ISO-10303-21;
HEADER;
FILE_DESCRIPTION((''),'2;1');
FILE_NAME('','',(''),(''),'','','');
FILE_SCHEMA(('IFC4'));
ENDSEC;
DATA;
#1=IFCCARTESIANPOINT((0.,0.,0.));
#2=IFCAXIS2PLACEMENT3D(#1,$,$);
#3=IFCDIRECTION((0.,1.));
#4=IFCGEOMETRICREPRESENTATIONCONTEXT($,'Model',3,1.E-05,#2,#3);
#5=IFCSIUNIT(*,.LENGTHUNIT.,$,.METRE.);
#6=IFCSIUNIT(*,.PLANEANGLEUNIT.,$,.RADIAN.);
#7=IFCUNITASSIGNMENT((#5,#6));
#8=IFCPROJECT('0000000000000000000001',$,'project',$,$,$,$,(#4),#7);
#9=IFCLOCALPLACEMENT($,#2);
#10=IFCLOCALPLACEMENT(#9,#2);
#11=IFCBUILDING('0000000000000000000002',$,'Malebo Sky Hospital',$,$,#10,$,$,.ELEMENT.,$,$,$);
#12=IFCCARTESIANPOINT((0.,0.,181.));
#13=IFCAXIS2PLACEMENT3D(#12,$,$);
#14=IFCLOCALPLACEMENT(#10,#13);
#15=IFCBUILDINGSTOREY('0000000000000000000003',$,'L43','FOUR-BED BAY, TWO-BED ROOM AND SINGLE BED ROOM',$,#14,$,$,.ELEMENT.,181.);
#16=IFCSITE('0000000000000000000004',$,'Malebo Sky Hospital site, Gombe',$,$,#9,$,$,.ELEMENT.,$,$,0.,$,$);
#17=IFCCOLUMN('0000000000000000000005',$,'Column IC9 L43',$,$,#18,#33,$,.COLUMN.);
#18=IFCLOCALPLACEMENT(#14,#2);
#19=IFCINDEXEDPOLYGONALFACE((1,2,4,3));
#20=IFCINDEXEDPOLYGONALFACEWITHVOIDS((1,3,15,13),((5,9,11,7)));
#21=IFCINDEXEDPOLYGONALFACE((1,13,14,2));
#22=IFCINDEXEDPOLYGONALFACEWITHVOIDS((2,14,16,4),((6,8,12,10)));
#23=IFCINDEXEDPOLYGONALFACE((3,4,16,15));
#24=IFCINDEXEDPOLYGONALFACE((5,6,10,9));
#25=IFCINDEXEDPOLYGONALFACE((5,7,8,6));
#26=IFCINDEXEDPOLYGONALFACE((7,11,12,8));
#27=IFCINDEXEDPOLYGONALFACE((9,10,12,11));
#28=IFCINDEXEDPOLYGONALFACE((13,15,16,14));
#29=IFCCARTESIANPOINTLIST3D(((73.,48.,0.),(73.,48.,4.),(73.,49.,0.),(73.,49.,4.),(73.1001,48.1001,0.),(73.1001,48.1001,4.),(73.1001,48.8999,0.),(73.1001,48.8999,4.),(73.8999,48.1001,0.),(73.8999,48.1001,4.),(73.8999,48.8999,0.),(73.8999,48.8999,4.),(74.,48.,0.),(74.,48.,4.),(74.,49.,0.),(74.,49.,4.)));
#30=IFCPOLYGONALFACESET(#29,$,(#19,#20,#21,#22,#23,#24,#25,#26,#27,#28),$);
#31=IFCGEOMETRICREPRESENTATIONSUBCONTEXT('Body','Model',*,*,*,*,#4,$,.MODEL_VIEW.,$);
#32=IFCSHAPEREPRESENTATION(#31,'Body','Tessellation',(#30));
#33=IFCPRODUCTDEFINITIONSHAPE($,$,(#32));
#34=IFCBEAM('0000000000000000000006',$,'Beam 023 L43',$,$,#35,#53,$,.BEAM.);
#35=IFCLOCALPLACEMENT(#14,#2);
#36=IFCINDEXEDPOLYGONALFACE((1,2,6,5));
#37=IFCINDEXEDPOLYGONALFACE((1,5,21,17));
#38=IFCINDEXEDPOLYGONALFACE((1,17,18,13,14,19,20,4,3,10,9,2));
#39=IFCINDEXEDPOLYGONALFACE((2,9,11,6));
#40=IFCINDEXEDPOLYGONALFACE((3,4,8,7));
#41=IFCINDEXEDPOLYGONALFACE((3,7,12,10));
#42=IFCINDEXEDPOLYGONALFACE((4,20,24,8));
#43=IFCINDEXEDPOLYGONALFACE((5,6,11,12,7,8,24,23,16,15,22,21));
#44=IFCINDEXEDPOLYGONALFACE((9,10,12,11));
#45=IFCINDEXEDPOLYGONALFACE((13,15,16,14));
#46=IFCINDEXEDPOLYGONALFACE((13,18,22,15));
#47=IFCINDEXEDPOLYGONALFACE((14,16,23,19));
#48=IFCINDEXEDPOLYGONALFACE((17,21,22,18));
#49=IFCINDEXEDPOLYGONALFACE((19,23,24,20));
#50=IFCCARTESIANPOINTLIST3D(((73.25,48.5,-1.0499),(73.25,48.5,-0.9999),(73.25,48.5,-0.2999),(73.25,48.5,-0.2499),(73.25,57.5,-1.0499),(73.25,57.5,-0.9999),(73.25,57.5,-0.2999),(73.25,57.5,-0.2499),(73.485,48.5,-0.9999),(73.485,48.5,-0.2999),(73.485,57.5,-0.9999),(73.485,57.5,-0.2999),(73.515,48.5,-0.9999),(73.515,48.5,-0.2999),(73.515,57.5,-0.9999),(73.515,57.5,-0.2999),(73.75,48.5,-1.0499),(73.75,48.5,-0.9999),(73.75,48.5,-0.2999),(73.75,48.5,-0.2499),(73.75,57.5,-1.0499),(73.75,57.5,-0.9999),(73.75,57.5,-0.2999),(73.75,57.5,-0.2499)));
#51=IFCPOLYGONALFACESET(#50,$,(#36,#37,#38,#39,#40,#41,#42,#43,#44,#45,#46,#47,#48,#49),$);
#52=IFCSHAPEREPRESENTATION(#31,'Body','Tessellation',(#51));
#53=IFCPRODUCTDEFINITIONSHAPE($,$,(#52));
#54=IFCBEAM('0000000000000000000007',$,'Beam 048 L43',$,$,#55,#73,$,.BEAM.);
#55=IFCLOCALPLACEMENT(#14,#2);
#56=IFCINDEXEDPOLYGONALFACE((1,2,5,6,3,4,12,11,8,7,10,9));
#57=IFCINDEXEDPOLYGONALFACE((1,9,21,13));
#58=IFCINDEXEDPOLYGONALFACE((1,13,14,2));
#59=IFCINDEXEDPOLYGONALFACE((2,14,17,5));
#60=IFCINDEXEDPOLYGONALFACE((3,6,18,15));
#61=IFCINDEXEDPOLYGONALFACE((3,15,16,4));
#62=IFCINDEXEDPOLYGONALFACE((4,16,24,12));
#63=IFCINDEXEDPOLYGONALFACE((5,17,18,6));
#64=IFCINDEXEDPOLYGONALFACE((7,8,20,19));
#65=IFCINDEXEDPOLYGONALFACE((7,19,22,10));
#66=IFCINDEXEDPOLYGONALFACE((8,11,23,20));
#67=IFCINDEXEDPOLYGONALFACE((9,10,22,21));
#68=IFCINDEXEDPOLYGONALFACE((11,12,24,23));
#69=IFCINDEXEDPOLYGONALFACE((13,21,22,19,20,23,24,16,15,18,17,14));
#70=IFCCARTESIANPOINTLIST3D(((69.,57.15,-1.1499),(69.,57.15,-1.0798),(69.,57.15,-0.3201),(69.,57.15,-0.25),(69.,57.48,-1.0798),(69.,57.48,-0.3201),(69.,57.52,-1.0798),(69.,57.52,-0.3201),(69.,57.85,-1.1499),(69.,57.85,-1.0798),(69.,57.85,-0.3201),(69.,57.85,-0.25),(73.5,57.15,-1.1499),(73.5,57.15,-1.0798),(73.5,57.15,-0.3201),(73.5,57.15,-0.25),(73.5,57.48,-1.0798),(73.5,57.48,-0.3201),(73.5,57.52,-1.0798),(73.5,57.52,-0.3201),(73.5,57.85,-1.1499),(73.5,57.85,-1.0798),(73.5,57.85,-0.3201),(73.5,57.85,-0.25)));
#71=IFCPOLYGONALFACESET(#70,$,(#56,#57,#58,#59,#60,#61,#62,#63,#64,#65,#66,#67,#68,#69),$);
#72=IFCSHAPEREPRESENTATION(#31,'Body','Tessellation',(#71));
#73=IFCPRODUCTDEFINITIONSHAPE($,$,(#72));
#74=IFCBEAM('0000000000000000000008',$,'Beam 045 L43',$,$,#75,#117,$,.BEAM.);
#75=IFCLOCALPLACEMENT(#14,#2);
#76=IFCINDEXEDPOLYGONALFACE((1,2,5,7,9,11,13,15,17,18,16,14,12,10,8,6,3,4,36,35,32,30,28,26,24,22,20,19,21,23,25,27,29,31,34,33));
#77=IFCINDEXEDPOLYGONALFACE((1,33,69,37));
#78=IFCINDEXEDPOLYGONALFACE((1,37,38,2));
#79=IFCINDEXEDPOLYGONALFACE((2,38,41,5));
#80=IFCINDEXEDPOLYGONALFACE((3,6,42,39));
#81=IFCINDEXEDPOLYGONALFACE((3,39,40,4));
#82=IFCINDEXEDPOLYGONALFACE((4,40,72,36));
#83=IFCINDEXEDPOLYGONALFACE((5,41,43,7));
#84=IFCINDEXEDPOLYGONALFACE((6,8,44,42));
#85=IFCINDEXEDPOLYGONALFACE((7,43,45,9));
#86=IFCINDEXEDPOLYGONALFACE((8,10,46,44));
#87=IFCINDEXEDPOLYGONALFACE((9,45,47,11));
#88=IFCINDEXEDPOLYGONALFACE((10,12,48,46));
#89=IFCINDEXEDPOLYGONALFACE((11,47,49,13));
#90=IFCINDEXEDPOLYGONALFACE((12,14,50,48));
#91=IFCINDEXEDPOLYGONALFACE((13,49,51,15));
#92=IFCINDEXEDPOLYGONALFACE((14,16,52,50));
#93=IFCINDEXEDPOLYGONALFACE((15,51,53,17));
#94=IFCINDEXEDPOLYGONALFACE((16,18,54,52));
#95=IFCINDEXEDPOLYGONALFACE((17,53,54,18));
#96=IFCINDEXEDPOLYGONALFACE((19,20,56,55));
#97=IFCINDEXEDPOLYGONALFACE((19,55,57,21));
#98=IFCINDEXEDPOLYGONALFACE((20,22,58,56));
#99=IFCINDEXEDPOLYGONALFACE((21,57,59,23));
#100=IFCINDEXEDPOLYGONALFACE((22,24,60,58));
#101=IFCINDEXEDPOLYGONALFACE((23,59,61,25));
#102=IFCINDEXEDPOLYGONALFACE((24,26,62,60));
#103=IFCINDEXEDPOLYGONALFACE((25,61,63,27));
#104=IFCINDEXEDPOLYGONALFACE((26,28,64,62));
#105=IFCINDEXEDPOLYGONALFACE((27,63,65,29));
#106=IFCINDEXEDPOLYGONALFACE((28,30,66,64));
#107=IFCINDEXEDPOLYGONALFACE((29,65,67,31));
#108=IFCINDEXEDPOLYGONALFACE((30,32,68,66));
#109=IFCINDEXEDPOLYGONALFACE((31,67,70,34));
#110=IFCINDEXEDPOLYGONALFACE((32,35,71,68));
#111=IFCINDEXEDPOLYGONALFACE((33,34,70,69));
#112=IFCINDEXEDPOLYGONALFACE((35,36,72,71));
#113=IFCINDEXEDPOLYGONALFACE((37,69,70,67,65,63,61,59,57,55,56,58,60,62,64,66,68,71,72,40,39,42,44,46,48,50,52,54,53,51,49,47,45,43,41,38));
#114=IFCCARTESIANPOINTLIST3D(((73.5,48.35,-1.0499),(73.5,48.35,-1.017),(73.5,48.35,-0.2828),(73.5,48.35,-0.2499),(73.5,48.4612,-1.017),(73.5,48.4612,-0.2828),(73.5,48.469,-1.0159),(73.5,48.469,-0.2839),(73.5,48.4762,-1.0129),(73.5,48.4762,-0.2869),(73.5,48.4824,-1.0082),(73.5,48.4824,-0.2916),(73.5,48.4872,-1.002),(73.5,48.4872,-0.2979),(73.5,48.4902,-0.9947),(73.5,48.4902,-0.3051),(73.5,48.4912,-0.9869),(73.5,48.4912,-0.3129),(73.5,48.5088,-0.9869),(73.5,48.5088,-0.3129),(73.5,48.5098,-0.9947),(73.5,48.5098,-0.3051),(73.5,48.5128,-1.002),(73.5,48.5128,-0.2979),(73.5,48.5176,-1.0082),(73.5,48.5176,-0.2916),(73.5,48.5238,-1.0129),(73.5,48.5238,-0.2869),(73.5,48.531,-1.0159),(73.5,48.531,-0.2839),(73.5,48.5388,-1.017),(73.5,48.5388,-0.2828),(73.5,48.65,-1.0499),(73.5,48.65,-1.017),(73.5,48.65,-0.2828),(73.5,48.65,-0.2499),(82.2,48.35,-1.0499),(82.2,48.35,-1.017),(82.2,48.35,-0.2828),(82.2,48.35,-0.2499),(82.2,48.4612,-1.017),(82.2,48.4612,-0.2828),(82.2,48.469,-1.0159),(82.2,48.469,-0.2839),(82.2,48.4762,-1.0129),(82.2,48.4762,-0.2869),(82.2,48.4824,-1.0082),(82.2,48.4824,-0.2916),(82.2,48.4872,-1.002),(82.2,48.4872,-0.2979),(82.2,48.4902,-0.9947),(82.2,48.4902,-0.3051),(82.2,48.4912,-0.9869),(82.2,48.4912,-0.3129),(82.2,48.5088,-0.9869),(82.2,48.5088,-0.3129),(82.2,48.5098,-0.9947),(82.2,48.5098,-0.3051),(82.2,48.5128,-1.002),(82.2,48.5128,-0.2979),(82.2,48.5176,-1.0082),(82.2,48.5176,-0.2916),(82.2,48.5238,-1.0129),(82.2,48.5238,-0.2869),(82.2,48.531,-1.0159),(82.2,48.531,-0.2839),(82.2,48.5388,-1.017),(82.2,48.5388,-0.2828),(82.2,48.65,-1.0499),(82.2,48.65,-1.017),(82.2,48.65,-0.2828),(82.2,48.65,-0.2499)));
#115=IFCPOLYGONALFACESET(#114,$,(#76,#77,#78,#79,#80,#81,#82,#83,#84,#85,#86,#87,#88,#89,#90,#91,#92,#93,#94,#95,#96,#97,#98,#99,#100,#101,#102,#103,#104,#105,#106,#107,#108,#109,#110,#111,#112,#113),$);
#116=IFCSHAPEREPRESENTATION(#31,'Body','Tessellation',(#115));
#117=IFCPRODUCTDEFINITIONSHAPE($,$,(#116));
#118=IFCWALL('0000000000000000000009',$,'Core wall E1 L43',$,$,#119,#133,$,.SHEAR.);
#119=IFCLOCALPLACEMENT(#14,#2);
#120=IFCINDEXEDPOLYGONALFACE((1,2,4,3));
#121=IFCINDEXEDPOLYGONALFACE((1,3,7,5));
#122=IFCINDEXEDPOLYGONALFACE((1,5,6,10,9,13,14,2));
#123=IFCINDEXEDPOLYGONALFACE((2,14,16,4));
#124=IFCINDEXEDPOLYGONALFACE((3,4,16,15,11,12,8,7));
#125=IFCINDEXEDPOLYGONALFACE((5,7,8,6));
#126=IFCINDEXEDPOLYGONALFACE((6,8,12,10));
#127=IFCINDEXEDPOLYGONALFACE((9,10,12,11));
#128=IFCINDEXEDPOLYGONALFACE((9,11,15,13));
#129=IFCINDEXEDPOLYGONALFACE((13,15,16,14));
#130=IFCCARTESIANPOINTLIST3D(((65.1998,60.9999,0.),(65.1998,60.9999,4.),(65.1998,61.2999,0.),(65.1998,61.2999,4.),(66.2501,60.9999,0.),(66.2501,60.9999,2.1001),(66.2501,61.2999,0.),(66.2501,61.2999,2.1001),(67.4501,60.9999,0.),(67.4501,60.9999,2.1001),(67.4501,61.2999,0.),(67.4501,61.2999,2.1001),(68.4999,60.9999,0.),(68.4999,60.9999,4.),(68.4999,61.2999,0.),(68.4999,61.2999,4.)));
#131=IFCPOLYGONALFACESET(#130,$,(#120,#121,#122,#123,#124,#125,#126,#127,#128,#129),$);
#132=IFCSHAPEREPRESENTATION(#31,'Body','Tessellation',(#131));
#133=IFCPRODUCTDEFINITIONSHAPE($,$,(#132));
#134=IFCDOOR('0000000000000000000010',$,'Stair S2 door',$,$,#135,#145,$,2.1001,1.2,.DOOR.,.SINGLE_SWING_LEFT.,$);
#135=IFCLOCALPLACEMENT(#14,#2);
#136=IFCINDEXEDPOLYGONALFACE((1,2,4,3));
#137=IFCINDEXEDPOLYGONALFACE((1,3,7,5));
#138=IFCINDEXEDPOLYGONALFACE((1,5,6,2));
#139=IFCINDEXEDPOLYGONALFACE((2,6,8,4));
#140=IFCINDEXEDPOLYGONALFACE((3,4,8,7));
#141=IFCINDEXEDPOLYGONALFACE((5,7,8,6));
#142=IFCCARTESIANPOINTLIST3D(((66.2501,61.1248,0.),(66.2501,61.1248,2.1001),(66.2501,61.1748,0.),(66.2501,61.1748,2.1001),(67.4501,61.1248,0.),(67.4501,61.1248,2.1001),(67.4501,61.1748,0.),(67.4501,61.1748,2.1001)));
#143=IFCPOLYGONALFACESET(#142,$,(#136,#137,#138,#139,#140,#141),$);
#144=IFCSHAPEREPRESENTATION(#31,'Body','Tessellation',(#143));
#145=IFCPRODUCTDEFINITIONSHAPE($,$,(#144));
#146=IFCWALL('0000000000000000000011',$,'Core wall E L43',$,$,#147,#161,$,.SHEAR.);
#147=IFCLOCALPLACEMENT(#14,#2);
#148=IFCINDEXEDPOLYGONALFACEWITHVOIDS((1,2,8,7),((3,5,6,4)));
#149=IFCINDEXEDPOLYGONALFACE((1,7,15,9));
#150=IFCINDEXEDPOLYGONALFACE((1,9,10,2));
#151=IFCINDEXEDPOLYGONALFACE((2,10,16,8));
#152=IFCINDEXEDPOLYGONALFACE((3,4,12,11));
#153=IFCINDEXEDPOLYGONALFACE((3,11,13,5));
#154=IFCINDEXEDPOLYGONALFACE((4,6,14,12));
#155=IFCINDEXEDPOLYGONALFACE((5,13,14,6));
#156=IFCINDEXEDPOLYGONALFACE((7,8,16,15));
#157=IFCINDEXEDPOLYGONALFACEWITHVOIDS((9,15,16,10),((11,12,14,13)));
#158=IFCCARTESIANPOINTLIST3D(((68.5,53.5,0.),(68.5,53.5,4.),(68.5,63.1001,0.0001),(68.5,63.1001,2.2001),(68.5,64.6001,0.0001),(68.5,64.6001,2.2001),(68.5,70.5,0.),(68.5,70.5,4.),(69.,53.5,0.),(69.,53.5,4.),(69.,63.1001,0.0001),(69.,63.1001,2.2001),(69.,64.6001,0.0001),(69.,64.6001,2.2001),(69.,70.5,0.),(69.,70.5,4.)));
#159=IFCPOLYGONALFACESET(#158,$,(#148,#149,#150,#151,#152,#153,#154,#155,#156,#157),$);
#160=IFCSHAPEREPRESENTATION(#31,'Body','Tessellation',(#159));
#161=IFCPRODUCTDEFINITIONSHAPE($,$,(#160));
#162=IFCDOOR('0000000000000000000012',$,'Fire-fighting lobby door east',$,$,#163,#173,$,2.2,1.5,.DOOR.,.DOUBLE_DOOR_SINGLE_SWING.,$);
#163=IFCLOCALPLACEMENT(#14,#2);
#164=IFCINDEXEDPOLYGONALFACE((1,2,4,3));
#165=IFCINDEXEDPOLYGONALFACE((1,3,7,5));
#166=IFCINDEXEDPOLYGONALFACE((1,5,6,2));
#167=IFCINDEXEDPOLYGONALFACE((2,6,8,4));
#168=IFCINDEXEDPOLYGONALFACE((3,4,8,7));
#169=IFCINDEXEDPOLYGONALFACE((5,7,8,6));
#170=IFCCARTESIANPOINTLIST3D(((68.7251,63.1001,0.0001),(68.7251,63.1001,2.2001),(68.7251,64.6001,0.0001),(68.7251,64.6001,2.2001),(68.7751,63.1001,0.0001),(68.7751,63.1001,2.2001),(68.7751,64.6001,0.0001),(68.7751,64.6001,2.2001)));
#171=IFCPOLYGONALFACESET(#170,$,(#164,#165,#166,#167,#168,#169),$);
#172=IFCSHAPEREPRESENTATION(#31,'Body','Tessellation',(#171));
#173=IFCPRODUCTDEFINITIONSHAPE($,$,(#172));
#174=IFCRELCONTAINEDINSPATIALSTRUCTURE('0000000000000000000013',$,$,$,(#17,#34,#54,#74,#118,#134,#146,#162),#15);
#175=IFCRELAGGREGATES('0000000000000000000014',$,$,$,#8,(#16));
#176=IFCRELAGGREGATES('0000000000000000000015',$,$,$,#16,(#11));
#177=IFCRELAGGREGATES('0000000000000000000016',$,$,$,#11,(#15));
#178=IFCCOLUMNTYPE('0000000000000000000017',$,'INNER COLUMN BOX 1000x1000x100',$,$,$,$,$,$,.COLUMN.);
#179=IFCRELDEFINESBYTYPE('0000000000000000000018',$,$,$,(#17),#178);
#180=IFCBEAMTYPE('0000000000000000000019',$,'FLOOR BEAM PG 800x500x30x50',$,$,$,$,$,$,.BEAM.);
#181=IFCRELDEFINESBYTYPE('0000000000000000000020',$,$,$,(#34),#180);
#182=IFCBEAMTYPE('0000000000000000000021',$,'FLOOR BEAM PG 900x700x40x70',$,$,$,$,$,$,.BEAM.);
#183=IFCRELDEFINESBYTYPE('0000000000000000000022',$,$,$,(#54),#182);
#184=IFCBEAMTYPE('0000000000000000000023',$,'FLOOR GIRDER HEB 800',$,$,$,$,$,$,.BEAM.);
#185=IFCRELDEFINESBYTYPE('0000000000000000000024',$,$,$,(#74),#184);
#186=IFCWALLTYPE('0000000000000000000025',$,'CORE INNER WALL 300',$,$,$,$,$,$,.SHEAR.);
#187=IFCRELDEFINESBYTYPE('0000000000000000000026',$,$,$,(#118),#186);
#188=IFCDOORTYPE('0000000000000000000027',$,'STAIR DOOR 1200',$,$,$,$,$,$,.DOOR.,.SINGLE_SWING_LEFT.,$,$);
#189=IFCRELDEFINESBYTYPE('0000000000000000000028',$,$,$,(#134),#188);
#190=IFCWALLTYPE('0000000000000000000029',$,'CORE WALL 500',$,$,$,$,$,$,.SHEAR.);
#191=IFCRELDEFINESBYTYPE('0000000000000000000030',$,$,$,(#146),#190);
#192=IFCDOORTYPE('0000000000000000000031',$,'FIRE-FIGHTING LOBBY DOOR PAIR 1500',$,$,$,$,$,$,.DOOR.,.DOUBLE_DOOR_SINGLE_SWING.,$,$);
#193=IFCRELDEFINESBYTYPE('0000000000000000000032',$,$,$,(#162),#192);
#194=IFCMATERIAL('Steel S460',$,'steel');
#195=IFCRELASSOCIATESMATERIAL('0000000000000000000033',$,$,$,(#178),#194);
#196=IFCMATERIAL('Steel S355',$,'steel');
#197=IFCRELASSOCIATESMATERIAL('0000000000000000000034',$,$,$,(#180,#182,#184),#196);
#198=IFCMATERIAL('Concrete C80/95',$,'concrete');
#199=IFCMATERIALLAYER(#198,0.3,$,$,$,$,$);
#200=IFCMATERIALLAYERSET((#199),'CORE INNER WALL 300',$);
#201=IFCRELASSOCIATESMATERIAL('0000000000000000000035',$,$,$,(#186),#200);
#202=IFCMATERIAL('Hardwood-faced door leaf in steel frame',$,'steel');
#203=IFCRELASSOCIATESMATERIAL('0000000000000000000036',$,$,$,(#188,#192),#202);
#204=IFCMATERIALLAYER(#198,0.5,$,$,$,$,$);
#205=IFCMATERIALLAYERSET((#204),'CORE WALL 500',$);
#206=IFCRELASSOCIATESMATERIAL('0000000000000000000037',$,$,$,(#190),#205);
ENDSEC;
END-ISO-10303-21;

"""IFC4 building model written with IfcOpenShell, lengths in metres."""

from ifc_helpers import new_model, si_unit, direction, frame, frame_2d, origin, origin_2d, place, context, subcontext, project, spatial, rectangle, hollow_rectangle, i_section, extrude, material, layer, layer_set, material_profile, profile_set, type_object, element, fill, save


model = new_model("IFC4")

# Units and contexts
model_context = context("Model", 3, precision=1e-05, world=origin(), true_north=direction((0.0, 1.0)))
body_context = subcontext(model_context, "Body", "Model", "MODEL_VIEW")
ifc_project = project(units=[si_unit("LENGTHUNIT", "METRE"), si_unit("PLANEANGLEUNIT", "RADIAN")], contexts=[model_context])

# Site, building, storey
site_placement = place(None, origin())
site = spatial("IfcSite", under=ifc_project, at=site_placement, Name="Malebo Sky Hospital site, Gombe", CompositionType="ELEMENT", RefElevation=0.0)
building_placement = place(site_placement, origin())
building = spatial("IfcBuilding", under=site, at=building_placement, Name="Malebo Sky Hospital", CompositionType="ELEMENT")
storey_placement = place(building_placement, frame((0.0, 0.0, 181.0)))
storey = spatial("IfcBuildingStorey", under=building, at=storey_placement, Name="L43", Description="FOUR-BED BAY, TWO-BED ROOM AND SINGLE BED ROOM", CompositionType="ELEMENT", Elevation=181.0)

# Column
ifc_material_1 = material(Name="Steel S460", Category="steel")
ifc_material_profile_1 = material_profile(ifc_material_1, hollow_rectangle(XDim=1.0, YDim=1.0, WallThickness=0.1001, at=origin_2d()), Name="BOX 1000x1000x100")
ifc_profile_set_1 = profile_set([ifc_material_profile_1], Name="Steel S460")
column_type = type_object("IfcColumnType", Name="INNER COLUMN BOX 1000x1000x100", PredefinedType="COLUMN", material=ifc_profile_set_1)
column_placement = place(storey_placement, frame((73.5, 48.5, 0.0), z_axis=(0.0, 0.0, 1.0), x_axis=(1.0, 0.0, 0.0)))
element("IfcColumn", 1, at=column_placement, inside=storey, type_object=column_type, Name="Column IC9 L43", PredefinedType="COLUMN", context=body_context, shape_type="SweptSolid", body=[
    extrude(hollow_rectangle(XDim=1.0, YDim=1.0, WallThickness=0.1001, at=origin_2d()), origin(), (0.0, 0.0, 1.0), 4.0),
])

# Beams
ifc_material_2 = material(Name="Steel S355", Category="steel")
ifc_material_profile_2 = material_profile(ifc_material_2, i_section(OverallWidth=0.5, OverallDepth=0.8, WebThickness=0.03, FlangeThickness=0.05, at=origin_2d()), Name="PG 800x500x30x50")
ifc_profile_set_2 = profile_set([ifc_material_profile_2], Name="Steel S355")
beam_type_1 = type_object("IfcBeamType", Name="FLOOR BEAM PG 800x500x30x50", PredefinedType="BEAM", material=ifc_profile_set_2)
beam_1_placement = place(storey_placement, frame((73.5, 48.5, -0.6499), z_axis=(0.0, 1.0, 0.0), x_axis=(-1.0, 0.0, 0.0)))
element("IfcBeam", 2, at=beam_1_placement, inside=storey, type_object=beam_type_1, Name="Beam 023 L43", PredefinedType="BEAM", context=body_context, shape_type="SweptSolid", body=[
    extrude(i_section(OverallWidth=0.5, OverallDepth=0.8, WebThickness=0.03, FlangeThickness=0.05, at=origin_2d()), origin(), (0.0, 0.0, 1.0), 9.0),
])
ifc_material_profile_3 = material_profile(ifc_material_2, i_section(OverallWidth=0.7, OverallDepth=0.8999, WebThickness=0.04, FlangeThickness=0.0701, at=origin_2d()), Name="PG 900x700x40x70")
ifc_profile_set_3 = profile_set([ifc_material_profile_3], Name="Steel S355")
beam_type_2 = type_object("IfcBeamType", Name="FLOOR BEAM PG 900x700x40x70", PredefinedType="BEAM", material=ifc_profile_set_3)
beam_2_placement = place(storey_placement, frame((69.0, 57.5, -0.7), z_axis=(1.0, 0.0, 0.0), x_axis=(0.0, 1.0, 0.0)))
element("IfcBeam", 3, at=beam_2_placement, inside=storey, type_object=beam_type_2, Name="Beam 048 L43", PredefinedType="BEAM", context=body_context, shape_type="SweptSolid", body=[
    extrude(i_section(OverallWidth=0.7, OverallDepth=0.8999, WebThickness=0.04, FlangeThickness=0.0701, at=origin_2d()), origin(), (0.0, 0.0, 1.0), 4.5),
])
ifc_material_profile_4 = material_profile(ifc_material_2, i_section(OverallWidth=0.3, OverallDepth=0.8, WebThickness=0.0176, FlangeThickness=0.033, FilletRadius=0.03, at=origin_2d()), Name="HEB 800")
ifc_profile_set_4 = profile_set([ifc_material_profile_4], Name="Steel S355")
beam_type_3 = type_object("IfcBeamType", Name="FLOOR GIRDER HEB 800", PredefinedType="BEAM", material=ifc_profile_set_4)
beam_3_placement = place(storey_placement, frame((73.5, 48.5, -0.6499), z_axis=(1.0, 0.0, 0.0), x_axis=(0.0, 1.0, 0.0)))
element("IfcBeam", 4, at=beam_3_placement, inside=storey, type_object=beam_type_3, Name="Beam 045 L43", PredefinedType="BEAM", context=body_context, shape_type="SweptSolid", body=[
    extrude(i_section(OverallWidth=0.3, OverallDepth=0.8, WebThickness=0.0176, FlangeThickness=0.033, FilletRadius=0.03, at=origin_2d()), origin(), (0.0, 0.0, 1.0), 8.7),
])

# Walls, openings, doors
ifc_material_3 = material(Name="Concrete C80/95", Category="concrete")
ifc_layer_1 = layer(ifc_material_3, 0.3)
ifc_layer_set_1 = layer_set([ifc_layer_1], Name="CORE INNER WALL 300")
wall_type_1 = type_object("IfcWallType", Name="CORE INNER WALL 300", PredefinedType="SHEAR", material=ifc_layer_set_1)
wall_1_placement = place(storey_placement, frame((65.2, 61.1499, 0.0), z_axis=(0.0, 0.0, 1.0), x_axis=(1.0, 0.0, 0.0)))
wall_1 = element("IfcWall", 5, at=wall_1_placement, inside=storey, type_object=wall_type_1, Name="Core wall E1 L43", PredefinedType="SHEAR", context=body_context, shape_type="SweptSolid", body=[
    extrude(rectangle(XDim=3.3, YDim=0.3, at=frame_2d((1.6499, 0.0))), origin(), (0.0, 0.0, 1.0), 4.0),
])
opening_1_placement = place(wall_1_placement, frame((1.05, 0.0, 0.0)))
opening_1 = element("IfcOpeningElement", 6, at=opening_1_placement, cuts=wall_1, PredefinedType="OPENING", context=body_context, shape_type="SweptSolid", body=[
    extrude(rectangle(XDim=1.2, YDim=2.1001, at=frame_2d((0.6001, 1.05))), frame((0.0, 0.1599, 0.0), z_axis=(0.0, -1.0, 0.0), x_axis=(1.0, 0.0, 0.0)), (0.0, 0.0, 1.0), 0.3201),
])
ifc_material_4 = material(Name="Hardwood-faced door leaf in steel frame", Category="steel")
door_type_1 = type_object("IfcDoorType", Name="STAIR DOOR 1200", OperationType="SINGLE_SWING_LEFT", PredefinedType="DOOR", material=ifc_material_4)
door_1_placement = place(opening_1_placement, origin())
door_1 = element("IfcDoor", 7, at=door_1_placement, inside=storey, type_object=door_type_1, Name="Stair S2 door", OperationType="SINGLE_SWING_LEFT", OverallHeight=2.1001, OverallWidth=1.2, PredefinedType="DOOR", context=body_context, shape_type="SweptSolid", body=[
    extrude(rectangle(XDim=1.2, YDim=2.1001, at=frame_2d((0.6001, 1.05))), frame((0.0, 0.0249, 0.0), z_axis=(0.0, -1.0, 0.0), x_axis=(1.0, 0.0, 0.0)), (0.0, 0.0, 1.0), 0.05),
])
fill(opening_1, door_1)
ifc_layer_2 = layer(ifc_material_3, 0.5)
ifc_layer_set_2 = layer_set([ifc_layer_2], Name="CORE WALL 500")
wall_type_2 = type_object("IfcWallType", Name="CORE WALL 500", PredefinedType="SHEAR", material=ifc_layer_set_2)
wall_2_placement = place(storey_placement, frame((68.75, 53.5, 0.0), z_axis=(0.0, 0.0, 1.0), x_axis=(0.0, 1.0, 0.0)))
wall_2 = element("IfcWall", 8, at=wall_2_placement, inside=storey, type_object=wall_type_2, Name="Core wall E L43", PredefinedType="SHEAR", context=body_context, shape_type="SweptSolid", body=[
    extrude(rectangle(XDim=17.0, YDim=0.5, at=frame_2d((8.5, 0.0))), origin(), (0.0, 0.0, 1.0), 4.0),
])
opening_2_placement = place(wall_2_placement, frame((9.6001, 0.0, 0.0)))
opening_2 = element("IfcOpeningElement", 9, at=opening_2_placement, cuts=wall_2, PredefinedType="OPENING", context=body_context, shape_type="SweptSolid", body=[
    extrude(rectangle(XDim=1.5, YDim=2.2, at=frame_2d((0.75, 1.1001))), frame((0.0, 0.26, 0.0), z_axis=(0.0, -1.0, 0.0), x_axis=(1.0, 0.0, 0.0)), (0.0, 0.0, 1.0), 0.52),
])
door_type_2 = type_object("IfcDoorType", Name="FIRE-FIGHTING LOBBY DOOR PAIR 1500", OperationType="DOUBLE_DOOR_SINGLE_SWING", PredefinedType="DOOR", material=ifc_material_4)
door_2_placement = place(opening_2_placement, origin())
door_2 = element("IfcDoor", 10, at=door_2_placement, inside=storey, type_object=door_type_2, Name="Fire-fighting lobby door east", OperationType="DOUBLE_DOOR_SINGLE_SWING", OverallHeight=2.2, OverallWidth=1.5, PredefinedType="DOOR", context=body_context, shape_type="SweptSolid", body=[
    extrude(rectangle(XDim=1.5, YDim=2.2, at=frame_2d((0.75, 1.1001))), frame((0.0, 0.0249, 0.0), z_axis=(0.0, -1.0, 0.0), x_axis=(1.0, 0.0, 0.0)), (0.0, 0.0, 1.0), 0.05),
])
fill(opening_2, door_2)

save(model, "model.ifc")
